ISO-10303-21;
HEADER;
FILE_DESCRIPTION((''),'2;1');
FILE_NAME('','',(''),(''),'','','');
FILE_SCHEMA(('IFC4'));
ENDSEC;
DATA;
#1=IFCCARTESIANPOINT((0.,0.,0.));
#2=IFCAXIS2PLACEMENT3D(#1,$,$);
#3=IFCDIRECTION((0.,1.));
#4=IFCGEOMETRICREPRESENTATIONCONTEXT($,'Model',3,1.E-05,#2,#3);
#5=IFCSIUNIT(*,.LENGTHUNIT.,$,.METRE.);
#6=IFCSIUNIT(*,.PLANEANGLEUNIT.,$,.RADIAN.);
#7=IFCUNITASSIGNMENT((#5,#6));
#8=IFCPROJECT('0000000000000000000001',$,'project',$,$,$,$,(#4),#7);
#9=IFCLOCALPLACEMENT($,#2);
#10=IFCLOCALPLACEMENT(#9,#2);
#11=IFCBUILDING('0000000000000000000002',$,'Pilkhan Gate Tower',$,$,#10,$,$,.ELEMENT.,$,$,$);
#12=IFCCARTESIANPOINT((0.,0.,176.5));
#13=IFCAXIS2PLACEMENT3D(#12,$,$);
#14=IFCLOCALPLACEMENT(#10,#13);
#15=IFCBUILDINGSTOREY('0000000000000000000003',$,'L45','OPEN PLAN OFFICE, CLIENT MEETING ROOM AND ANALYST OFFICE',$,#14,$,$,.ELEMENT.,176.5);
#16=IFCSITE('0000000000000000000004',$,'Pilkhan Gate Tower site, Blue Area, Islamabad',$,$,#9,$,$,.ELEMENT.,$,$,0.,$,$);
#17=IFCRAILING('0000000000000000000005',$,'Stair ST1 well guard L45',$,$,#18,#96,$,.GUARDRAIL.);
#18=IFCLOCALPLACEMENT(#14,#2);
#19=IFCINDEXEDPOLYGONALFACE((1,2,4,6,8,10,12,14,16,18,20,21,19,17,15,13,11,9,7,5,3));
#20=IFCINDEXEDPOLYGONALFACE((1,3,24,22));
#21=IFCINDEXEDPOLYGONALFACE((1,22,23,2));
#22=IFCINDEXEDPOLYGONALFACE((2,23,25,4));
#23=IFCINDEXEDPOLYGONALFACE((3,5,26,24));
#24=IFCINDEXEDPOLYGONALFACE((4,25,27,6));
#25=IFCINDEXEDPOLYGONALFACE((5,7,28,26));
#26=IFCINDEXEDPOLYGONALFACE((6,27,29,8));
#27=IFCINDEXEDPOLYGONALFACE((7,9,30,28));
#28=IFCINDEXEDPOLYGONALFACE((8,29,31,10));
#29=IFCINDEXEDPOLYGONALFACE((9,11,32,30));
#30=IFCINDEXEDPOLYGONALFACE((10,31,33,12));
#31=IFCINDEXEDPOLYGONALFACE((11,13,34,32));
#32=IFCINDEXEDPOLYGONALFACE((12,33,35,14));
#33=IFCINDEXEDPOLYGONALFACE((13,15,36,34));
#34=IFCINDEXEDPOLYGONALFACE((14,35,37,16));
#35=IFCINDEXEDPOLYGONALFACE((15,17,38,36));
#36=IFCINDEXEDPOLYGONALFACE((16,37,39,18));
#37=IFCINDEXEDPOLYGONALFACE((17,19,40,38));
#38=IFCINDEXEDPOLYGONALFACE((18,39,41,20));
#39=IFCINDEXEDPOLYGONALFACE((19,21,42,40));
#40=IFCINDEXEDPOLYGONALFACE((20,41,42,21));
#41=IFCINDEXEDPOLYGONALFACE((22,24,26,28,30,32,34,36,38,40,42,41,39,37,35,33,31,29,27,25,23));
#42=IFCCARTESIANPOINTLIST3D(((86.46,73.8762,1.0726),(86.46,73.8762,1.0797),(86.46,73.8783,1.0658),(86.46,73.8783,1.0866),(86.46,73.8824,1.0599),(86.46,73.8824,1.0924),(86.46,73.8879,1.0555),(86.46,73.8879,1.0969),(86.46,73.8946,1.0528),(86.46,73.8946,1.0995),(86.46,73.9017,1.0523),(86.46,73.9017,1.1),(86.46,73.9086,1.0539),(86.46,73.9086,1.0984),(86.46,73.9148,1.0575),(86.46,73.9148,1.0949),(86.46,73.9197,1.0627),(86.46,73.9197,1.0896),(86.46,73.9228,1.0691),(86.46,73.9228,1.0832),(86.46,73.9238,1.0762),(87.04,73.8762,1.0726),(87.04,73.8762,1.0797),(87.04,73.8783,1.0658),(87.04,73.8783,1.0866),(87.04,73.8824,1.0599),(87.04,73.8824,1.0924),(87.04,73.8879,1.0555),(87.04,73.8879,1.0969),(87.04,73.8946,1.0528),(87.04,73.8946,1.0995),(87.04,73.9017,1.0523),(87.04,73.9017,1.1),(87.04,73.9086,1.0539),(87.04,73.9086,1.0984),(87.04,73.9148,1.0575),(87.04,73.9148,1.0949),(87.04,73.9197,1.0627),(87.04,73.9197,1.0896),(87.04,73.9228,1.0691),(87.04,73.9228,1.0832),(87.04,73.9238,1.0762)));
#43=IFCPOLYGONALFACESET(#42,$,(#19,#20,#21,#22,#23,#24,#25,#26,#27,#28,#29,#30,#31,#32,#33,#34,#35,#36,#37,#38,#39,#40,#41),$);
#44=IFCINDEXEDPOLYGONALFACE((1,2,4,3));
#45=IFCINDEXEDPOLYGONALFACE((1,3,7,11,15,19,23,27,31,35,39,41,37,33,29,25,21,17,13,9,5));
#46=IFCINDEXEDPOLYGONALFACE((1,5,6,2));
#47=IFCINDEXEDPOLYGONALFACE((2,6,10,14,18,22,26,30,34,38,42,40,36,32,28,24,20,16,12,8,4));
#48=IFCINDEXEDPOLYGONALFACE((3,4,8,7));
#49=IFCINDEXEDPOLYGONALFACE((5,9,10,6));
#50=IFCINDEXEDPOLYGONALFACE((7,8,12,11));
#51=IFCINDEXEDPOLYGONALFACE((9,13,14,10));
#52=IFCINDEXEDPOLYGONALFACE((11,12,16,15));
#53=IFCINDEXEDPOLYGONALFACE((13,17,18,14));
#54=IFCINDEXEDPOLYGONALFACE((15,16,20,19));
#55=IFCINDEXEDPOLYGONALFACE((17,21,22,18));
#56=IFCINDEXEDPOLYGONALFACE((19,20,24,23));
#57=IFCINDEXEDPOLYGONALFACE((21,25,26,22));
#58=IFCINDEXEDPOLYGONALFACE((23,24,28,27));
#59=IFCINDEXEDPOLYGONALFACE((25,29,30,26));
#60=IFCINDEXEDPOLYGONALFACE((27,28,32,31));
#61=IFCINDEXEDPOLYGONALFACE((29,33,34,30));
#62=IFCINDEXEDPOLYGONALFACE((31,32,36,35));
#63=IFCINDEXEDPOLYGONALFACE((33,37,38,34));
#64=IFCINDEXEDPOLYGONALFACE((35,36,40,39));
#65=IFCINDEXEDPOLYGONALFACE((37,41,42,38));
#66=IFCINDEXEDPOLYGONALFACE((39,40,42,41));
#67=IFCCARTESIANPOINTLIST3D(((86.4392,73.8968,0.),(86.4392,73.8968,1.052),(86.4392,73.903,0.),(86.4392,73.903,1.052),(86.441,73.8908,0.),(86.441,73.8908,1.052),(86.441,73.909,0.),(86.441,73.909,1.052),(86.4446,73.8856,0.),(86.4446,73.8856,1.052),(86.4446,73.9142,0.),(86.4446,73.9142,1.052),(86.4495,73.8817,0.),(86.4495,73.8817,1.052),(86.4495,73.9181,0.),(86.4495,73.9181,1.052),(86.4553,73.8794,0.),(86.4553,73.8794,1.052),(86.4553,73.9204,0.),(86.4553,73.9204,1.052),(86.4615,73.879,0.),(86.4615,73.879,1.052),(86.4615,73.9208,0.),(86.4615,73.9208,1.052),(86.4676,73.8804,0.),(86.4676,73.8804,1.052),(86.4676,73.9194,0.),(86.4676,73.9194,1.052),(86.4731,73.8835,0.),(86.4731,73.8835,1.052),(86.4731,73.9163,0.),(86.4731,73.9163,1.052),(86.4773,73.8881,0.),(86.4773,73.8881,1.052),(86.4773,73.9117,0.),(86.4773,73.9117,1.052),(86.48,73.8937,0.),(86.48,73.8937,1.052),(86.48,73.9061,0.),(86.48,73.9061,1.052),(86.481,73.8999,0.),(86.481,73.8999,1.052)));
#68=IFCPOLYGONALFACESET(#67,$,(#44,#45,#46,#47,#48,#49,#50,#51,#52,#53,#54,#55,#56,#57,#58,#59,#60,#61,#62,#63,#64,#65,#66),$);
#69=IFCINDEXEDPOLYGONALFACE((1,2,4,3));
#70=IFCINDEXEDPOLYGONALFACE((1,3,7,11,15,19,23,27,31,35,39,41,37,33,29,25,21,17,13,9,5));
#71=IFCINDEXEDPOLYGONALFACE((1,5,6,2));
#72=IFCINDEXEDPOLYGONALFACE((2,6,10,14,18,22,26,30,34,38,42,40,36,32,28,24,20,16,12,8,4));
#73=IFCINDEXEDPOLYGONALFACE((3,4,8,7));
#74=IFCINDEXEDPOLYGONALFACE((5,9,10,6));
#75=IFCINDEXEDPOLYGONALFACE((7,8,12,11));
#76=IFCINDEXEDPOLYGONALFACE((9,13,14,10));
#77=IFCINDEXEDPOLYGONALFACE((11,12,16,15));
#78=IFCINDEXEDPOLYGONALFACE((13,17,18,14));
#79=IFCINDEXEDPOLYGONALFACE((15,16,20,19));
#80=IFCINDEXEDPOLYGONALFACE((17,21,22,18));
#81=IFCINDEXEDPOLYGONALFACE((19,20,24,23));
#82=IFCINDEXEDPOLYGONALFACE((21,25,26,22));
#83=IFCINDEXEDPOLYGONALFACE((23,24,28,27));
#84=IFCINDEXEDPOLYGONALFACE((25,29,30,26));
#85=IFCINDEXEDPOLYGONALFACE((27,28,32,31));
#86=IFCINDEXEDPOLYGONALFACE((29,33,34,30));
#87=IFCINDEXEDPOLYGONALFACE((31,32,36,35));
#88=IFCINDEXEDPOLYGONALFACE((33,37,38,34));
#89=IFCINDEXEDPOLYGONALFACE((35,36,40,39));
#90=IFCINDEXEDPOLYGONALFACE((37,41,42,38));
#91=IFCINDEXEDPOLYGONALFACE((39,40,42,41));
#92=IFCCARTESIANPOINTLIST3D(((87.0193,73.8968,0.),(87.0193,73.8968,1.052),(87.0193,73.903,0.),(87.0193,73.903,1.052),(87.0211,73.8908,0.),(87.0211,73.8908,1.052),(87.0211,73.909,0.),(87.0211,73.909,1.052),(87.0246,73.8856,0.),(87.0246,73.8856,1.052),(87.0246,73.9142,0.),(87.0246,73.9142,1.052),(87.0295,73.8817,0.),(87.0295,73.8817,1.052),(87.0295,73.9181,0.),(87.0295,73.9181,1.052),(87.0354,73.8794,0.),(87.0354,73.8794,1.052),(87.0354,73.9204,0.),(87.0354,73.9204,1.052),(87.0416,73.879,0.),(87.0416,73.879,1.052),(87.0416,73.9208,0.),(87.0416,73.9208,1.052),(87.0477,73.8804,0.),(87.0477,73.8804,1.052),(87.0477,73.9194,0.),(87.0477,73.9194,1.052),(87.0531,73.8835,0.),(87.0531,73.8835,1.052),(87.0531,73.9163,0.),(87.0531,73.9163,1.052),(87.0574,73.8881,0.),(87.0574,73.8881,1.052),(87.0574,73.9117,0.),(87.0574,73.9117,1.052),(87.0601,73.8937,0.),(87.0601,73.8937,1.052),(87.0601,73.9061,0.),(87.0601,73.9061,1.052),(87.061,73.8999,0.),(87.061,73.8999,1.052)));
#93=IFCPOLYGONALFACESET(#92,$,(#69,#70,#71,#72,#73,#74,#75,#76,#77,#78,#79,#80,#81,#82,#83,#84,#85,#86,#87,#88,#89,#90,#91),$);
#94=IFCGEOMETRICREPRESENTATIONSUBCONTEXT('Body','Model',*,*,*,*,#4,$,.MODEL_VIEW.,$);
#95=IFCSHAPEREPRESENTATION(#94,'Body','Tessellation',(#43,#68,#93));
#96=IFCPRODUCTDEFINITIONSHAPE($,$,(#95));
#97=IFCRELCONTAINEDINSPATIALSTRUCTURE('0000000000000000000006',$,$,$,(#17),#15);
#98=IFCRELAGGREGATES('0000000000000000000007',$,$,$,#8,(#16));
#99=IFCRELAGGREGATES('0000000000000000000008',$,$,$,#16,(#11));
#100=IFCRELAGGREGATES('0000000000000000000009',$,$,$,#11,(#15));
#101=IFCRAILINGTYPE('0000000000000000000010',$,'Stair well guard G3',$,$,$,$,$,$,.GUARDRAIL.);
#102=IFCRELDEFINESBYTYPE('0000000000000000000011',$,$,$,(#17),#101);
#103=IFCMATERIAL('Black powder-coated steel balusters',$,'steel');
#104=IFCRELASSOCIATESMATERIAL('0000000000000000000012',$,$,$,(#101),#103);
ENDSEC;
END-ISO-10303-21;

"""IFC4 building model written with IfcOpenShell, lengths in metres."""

from ifc_helpers import new_model, si_unit, direction, frame, origin, origin_2d, place, context, subcontext, project, spatial, circle, extrude, material, type_object, element, save


model = new_model("IFC4")

# Units and contexts
model_context = context("Model", 3, precision=1e-05, world=origin(), true_north=direction((0.0, 1.0)))
body_context = subcontext(model_context, "Body", "Model", "MODEL_VIEW")
ifc_project = project(units=[si_unit("LENGTHUNIT", "METRE"), si_unit("PLANEANGLEUNIT", "RADIAN")], contexts=[model_context])

# Site, building, storey
site_placement = place(None, origin())
site = spatial("IfcSite", under=ifc_project, at=site_placement, Name="Pilkhan Gate Tower site, Blue Area, Islamabad", CompositionType="ELEMENT", RefElevation=0.0)
building_placement = place(site_placement, origin())
building = spatial("IfcBuilding", under=site, at=building_placement, Name="Pilkhan Gate Tower", CompositionType="ELEMENT")
storey_placement = place(building_placement, frame((0.0, 0.0, 176.5)))
storey = spatial("IfcBuildingStorey", under=building, at=storey_placement, Name="L45", Description="OPEN PLAN OFFICE, CLIENT MEETING ROOM AND ANALYST OFFICE", CompositionType="ELEMENT", Elevation=176.5)

# Railing
ifc_material_1 = material(Name="Black powder-coated steel balusters", Category="steel")
railing_type_1 = type_object("IfcRailingType", Name="Stair well guard G3", PredefinedType="GUARDRAIL", material=ifc_material_1)
railing_1_placement = place(storey_placement, frame((86.46, 73.8999, 0.0)))
element("IfcRailing", 1, at=railing_1_placement, inside=storey, type_object=railing_type_1, Name="Stair ST1 well guard L45", PredefinedType="GUARDRAIL", context=body_context, shape_type="SweptSolid", body=[
    extrude(circle(Radius=0.0239, at=origin_2d()), frame((0.0, 0.0, 1.0762), z_axis=(1.0, 0.0, 0.0), x_axis=(0.0, 1.0, 0.0)), (0.0, 0.0, 1.0), 0.5801),
    extrude(circle(Radius=0.021, at=origin_2d()), origin(), (0.0, 0.0, 1.0), 1.052),
    extrude(circle(Radius=0.021, at=origin_2d()), frame((0.5801, 0.0, 0.0)), (0.0, 0.0, 1.0), 1.052),
])

save(model, "model.ifc")
